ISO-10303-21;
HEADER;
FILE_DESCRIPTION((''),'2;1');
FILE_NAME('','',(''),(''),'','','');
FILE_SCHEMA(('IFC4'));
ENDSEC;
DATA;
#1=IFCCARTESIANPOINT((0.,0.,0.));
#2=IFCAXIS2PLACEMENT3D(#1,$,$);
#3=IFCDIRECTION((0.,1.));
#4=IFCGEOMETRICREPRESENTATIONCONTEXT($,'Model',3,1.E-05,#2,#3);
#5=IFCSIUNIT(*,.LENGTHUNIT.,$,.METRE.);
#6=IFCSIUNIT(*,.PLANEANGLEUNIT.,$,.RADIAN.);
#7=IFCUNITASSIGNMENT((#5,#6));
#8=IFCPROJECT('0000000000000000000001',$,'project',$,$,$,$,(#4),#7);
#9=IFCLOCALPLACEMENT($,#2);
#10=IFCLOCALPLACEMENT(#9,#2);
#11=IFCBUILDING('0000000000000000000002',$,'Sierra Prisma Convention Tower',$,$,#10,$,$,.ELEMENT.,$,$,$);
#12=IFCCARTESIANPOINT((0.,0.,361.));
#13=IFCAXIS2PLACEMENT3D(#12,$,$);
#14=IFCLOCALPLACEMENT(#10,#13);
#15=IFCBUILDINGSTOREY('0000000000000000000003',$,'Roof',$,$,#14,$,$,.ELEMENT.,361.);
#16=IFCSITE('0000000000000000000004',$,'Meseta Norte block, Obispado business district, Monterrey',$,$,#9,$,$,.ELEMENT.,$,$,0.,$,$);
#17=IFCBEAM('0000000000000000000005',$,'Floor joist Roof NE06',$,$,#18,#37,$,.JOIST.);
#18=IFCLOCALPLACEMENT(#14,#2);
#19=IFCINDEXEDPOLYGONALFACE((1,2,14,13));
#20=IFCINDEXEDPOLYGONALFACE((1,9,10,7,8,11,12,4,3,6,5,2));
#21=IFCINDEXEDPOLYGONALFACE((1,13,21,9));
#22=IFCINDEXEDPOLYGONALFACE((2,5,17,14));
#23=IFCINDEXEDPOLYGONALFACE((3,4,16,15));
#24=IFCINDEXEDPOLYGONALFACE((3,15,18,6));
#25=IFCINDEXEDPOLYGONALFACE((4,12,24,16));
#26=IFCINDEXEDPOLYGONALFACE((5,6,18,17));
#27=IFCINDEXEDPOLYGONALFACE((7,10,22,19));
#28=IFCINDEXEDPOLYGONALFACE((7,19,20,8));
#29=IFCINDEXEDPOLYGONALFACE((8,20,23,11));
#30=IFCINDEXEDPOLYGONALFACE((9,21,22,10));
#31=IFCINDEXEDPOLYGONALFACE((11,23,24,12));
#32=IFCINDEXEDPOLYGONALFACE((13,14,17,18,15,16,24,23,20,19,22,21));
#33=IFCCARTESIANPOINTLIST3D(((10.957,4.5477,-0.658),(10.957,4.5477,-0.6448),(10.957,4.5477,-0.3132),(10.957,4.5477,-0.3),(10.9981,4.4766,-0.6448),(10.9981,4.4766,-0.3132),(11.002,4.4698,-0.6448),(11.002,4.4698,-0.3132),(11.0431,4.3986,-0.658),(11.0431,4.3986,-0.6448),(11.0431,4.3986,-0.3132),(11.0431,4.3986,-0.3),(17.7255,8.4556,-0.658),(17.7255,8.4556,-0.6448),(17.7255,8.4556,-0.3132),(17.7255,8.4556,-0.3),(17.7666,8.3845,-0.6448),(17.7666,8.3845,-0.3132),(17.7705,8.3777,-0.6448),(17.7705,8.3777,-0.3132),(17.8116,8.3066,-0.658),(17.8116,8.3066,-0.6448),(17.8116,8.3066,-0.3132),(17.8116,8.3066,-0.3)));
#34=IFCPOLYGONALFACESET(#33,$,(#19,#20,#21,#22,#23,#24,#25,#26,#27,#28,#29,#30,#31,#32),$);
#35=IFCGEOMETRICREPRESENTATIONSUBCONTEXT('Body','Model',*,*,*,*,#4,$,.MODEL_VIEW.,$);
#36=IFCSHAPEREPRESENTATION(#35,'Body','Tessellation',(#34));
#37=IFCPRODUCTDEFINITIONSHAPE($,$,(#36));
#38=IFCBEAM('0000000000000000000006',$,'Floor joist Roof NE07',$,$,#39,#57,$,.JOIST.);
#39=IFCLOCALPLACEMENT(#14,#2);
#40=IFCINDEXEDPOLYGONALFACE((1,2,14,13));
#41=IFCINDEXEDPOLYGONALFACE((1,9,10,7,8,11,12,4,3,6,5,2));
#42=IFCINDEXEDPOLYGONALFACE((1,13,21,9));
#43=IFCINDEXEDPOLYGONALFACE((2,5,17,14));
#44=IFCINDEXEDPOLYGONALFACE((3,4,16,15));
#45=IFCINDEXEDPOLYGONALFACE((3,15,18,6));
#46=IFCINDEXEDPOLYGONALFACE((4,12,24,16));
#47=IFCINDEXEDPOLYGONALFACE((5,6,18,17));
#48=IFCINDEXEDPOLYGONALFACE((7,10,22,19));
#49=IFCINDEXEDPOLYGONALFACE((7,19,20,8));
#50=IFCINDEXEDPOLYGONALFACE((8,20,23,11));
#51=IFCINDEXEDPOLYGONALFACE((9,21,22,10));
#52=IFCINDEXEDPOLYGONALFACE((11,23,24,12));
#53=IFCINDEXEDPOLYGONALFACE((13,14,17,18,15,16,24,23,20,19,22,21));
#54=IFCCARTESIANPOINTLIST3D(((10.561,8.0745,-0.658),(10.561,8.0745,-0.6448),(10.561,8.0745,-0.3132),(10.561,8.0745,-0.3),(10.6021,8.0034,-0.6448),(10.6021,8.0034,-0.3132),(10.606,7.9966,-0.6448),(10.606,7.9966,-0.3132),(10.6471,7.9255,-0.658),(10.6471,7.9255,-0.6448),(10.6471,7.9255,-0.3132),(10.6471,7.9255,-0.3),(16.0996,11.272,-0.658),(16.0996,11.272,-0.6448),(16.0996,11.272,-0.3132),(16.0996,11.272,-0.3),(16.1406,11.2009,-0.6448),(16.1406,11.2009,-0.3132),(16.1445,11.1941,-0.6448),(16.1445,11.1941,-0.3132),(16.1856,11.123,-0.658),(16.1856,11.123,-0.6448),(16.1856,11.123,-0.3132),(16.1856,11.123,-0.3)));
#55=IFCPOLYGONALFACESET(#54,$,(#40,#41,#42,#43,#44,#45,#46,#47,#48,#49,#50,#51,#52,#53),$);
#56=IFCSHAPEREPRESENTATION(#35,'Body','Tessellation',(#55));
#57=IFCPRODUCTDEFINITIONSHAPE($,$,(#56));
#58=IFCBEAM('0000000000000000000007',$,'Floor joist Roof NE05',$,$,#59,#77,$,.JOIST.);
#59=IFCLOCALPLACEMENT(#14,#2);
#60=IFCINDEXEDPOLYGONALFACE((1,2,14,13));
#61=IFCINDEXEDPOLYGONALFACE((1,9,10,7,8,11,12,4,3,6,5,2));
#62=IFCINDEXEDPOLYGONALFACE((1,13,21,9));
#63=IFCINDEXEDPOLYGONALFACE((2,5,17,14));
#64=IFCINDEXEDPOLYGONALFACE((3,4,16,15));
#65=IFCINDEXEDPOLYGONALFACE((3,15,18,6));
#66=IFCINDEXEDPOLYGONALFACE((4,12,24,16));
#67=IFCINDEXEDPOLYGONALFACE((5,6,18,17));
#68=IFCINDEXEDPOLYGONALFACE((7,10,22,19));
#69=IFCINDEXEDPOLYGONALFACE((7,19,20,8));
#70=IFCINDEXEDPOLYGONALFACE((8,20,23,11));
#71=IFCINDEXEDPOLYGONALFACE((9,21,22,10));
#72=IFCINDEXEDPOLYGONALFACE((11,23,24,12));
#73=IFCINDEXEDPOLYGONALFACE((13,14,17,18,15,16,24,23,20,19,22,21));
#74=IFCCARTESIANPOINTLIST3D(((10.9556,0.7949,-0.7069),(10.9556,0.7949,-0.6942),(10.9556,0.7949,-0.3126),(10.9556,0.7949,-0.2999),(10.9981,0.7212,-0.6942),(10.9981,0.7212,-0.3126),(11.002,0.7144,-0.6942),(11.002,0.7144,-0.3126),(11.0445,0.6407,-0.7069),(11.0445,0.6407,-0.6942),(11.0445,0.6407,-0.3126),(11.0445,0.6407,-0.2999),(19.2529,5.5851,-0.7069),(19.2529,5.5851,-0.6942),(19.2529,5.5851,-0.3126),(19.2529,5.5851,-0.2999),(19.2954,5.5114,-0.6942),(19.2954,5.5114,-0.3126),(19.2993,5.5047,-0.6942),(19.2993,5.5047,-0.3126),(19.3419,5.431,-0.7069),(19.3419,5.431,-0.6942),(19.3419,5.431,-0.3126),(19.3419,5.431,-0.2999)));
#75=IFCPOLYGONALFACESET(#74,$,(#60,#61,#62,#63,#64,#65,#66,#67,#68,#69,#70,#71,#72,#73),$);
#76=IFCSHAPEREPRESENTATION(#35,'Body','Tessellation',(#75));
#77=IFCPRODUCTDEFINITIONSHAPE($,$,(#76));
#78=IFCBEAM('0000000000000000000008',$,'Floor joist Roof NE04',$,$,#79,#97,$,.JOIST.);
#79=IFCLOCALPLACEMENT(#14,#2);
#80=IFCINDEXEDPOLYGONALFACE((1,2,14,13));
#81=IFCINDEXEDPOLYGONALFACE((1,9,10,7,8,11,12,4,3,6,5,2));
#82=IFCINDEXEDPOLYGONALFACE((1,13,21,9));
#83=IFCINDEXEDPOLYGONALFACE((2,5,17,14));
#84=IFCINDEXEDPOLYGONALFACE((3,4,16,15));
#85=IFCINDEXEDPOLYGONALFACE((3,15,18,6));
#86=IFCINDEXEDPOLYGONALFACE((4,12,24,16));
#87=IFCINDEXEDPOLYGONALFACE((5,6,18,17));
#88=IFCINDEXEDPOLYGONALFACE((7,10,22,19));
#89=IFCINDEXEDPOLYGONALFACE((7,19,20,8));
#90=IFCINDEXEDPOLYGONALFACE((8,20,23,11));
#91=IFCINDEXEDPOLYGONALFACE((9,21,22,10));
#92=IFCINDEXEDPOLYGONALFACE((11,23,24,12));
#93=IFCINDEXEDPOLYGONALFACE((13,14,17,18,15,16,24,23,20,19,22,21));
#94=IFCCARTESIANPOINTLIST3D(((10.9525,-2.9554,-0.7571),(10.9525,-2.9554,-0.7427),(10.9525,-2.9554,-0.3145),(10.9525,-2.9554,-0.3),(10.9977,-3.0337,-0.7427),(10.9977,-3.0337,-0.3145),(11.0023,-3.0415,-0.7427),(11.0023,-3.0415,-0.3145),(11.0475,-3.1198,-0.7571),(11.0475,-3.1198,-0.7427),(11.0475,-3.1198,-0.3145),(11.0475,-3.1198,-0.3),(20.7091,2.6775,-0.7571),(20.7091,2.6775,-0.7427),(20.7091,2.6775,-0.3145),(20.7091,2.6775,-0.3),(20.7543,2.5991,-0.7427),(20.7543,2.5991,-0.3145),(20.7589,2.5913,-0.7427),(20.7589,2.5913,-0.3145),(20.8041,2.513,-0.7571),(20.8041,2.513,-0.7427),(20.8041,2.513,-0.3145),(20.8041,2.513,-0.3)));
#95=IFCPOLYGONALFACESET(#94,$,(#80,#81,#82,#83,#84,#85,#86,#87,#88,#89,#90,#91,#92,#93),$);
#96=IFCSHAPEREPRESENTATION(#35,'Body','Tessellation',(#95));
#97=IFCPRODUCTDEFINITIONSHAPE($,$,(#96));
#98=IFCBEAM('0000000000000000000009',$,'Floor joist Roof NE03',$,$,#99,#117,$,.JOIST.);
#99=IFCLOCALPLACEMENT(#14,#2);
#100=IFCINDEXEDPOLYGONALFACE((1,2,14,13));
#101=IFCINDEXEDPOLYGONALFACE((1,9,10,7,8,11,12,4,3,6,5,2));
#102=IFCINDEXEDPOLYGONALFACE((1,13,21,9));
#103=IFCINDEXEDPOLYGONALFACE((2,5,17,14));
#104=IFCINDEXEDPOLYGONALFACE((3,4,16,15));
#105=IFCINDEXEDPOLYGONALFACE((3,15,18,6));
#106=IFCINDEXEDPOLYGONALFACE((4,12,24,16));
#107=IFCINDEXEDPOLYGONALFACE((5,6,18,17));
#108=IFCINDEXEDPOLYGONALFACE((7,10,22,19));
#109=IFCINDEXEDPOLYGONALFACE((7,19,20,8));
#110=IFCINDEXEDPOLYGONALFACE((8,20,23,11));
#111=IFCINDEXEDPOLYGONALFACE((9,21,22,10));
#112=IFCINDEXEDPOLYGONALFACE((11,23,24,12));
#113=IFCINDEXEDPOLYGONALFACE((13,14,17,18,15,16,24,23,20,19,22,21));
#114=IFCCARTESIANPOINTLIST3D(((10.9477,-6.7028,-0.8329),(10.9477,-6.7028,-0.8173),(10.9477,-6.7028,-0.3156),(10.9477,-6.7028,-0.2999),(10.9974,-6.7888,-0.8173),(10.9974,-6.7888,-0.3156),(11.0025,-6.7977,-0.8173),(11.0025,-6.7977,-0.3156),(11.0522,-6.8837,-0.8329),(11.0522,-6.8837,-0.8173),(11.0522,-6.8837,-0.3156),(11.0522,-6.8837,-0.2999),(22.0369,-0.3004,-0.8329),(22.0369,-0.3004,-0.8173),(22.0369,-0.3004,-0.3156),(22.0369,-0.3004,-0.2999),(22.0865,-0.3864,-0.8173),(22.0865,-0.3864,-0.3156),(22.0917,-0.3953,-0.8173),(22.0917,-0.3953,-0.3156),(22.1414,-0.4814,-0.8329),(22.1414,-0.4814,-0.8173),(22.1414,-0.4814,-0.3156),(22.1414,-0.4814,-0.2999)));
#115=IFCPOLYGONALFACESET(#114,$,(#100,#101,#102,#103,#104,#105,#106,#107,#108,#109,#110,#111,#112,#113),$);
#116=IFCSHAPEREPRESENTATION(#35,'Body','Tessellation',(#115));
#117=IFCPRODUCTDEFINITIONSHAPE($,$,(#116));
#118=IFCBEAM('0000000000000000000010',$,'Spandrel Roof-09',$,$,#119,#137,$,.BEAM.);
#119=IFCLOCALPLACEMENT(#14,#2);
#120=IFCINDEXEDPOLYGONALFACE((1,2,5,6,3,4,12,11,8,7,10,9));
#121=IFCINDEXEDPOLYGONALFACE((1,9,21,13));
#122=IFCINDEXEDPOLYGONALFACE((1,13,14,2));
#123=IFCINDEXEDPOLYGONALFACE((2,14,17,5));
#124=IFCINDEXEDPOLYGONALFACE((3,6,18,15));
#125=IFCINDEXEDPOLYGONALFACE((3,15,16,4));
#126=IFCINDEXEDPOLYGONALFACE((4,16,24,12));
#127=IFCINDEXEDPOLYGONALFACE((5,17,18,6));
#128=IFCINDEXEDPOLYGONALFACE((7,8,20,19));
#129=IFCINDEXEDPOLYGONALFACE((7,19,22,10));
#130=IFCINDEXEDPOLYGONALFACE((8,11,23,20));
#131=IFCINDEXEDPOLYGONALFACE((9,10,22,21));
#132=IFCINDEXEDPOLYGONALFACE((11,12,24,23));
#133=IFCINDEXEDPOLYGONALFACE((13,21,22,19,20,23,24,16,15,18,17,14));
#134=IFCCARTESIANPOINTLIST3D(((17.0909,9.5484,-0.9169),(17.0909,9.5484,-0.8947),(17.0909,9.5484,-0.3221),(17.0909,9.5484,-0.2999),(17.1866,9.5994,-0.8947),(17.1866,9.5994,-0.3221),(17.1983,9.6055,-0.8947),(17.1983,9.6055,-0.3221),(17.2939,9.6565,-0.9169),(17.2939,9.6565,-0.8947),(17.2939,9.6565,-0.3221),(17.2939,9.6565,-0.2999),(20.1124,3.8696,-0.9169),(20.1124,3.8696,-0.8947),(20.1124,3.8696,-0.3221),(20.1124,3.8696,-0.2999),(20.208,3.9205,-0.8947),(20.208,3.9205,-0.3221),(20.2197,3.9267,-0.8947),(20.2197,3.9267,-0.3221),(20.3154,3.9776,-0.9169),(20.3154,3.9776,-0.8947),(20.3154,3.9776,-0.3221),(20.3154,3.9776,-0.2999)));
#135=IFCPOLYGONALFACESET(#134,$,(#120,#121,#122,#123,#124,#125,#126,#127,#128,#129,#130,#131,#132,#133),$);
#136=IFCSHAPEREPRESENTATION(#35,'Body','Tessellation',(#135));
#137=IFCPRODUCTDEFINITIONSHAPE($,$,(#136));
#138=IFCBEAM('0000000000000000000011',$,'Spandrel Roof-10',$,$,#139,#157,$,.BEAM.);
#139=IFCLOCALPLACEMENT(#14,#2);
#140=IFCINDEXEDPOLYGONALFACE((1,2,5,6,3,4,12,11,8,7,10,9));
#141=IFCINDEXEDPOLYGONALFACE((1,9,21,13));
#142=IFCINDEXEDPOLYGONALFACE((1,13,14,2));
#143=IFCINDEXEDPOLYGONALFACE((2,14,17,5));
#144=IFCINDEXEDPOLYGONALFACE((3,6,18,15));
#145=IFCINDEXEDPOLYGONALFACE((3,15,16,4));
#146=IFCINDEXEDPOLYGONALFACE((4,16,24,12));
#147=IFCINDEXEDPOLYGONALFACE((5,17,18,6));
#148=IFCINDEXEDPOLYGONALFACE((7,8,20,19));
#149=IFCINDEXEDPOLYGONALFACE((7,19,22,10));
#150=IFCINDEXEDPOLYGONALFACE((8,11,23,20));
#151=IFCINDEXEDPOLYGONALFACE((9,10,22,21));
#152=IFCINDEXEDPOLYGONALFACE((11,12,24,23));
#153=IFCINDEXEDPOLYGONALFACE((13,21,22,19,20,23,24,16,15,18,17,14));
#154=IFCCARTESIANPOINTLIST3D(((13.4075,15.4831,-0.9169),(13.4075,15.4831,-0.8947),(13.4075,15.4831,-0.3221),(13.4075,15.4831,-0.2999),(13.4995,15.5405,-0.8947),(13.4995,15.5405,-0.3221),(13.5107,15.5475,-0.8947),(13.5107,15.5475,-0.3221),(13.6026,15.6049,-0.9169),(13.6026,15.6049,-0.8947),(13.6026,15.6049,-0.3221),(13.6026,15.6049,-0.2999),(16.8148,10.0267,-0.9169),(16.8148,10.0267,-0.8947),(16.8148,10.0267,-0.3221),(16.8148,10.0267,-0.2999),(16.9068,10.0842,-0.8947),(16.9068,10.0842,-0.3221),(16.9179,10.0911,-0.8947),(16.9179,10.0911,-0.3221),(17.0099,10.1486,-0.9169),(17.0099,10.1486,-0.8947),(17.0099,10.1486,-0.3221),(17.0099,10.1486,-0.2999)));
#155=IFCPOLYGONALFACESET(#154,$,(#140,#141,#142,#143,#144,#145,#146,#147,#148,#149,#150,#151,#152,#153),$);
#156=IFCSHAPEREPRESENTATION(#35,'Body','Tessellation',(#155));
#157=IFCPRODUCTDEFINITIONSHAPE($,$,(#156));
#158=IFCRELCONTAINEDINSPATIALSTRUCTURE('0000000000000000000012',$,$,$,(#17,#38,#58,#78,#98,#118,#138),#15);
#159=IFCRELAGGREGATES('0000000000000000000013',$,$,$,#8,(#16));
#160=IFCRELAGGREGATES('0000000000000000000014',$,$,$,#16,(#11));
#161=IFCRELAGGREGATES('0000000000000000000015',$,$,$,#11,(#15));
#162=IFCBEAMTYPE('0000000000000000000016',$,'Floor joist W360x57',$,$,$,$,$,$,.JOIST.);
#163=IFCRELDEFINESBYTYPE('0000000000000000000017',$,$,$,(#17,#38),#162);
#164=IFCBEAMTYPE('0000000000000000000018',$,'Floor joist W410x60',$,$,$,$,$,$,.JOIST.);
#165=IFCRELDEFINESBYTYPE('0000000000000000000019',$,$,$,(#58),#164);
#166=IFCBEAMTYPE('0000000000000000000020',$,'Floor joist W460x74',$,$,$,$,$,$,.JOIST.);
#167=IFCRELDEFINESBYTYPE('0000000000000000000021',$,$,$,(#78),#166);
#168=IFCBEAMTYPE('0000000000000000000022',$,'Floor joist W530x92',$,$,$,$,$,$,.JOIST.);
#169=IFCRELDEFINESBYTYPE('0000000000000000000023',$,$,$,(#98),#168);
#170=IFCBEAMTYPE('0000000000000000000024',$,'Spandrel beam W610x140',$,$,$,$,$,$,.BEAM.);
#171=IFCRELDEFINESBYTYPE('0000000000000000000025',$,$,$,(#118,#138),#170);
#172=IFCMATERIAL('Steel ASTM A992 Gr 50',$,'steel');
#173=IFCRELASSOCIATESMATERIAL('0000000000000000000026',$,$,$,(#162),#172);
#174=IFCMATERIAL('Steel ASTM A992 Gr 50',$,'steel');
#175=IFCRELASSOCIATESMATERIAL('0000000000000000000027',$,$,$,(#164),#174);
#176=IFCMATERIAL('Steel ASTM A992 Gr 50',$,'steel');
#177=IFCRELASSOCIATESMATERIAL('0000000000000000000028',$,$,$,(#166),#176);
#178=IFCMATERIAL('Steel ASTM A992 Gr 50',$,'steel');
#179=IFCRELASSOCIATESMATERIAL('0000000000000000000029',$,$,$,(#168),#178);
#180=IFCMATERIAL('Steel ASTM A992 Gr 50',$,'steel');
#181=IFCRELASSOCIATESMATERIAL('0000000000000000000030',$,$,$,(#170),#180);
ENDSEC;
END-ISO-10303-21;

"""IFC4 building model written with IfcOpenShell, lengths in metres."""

from ifc_helpers import new_model, si_unit, direction, frame, origin, origin_2d, place, context, subcontext, project, spatial, i_section, extrude, material, material_profile, profile_set, type_object, element, save


model = new_model("IFC4")

# Units and contexts
model_context = context("Model", 3, precision=1e-05, world=origin(), true_north=direction((0.0, 1.0)))
body_context = subcontext(model_context, "Body", "Model", "MODEL_VIEW")
ifc_project = project(units=[si_unit("LENGTHUNIT", "METRE"), si_unit("PLANEANGLEUNIT", "RADIAN")], contexts=[model_context])

# Site, building, storey
site_placement = place(None, origin())
site = spatial("IfcSite", under=ifc_project, at=site_placement, Name="Meseta Norte block, Obispado business district, Monterrey", CompositionType="ELEMENT", RefElevation=0.0)
building_placement = place(site_placement, origin())
building = spatial("IfcBuilding", under=site, at=building_placement, Name="Sierra Prisma Convention Tower", CompositionType="ELEMENT")
storey_placement = place(building_placement, frame((0.0, 0.0, 361.0)))
storey = spatial("IfcBuildingStorey", under=building, at=storey_placement, Name="Roof", CompositionType="ELEMENT", Elevation=361.0)

# Beams
ifc_material_1 = material(Name="Steel ASTM A992 Gr 50", Category="steel")
ifc_material_profile_1 = material_profile(ifc_material_1, i_section(OverallWidth=0.1721, OverallDepth=0.3579, WebThickness=0.0078, FlangeThickness=0.0132, at=origin_2d()), Name="W360x57")
ifc_profile_set_1 = profile_set([ifc_material_profile_1], Name="Steel ASTM A992 Gr 50")
beam_type_1 = type_object("IfcBeamType", Name="Floor joist W360x57", PredefinedType="JOIST", material=ifc_profile_set_1)
beam_1_placement = place(storey_placement, frame((17.7686, 8.3811, -0.479), z_axis=(-0.866018, -0.500013, 0.0), x_axis=(0.500013, -0.866018, 0.0)))
element("IfcBeam", 1, at=beam_1_placement, inside=storey, type_object=beam_type_1, Name="Floor joist Roof NE06", PredefinedType="JOIST", context=body_context, shape_type="SweptSolid", body=[
    extrude(i_section(OverallWidth=0.1721, OverallDepth=0.3579, WebThickness=0.0078, FlangeThickness=0.0132, at=origin_2d()), origin(), (0.0, 0.0, 1.0), 7.8157),
])
beam_2_placement = place(storey_placement, frame((16.1426, 11.1975, -0.479), z_axis=(-0.866038, -0.499978, 0.0), x_axis=(0.499978, -0.866038, 0.0)))
element("IfcBeam", 2, at=beam_2_placement, inside=storey, type_object=beam_type_1, Name="Floor joist Roof NE07", PredefinedType="JOIST", context=body_context, shape_type="SweptSolid", body=[
    extrude(i_section(OverallWidth=0.1721, OverallDepth=0.3579, WebThickness=0.0078, FlangeThickness=0.0132, at=origin_2d()), origin(), (0.0, 0.0, 1.0), 6.3953),
])
ifc_material_2 = material(Name="Steel ASTM A992 Gr 50", Category="steel")
ifc_material_profile_2 = material_profile(ifc_material_2, i_section(OverallWidth=0.178, OverallDepth=0.407, WebThickness=0.0078, FlangeThickness=0.0127, at=origin_2d()), Name="W410x60")
ifc_profile_set_2 = profile_set([ifc_material_profile_2], Name="Steel ASTM A992 Gr 50")
beam_type_2 = type_object("IfcBeamType", Name="Floor joist W410x60", PredefinedType="JOIST", material=ifc_profile_set_2)
beam_3_placement = place(storey_placement, frame((19.2974, 5.5081, -0.5034), z_axis=(-0.866035, -0.499984, 0.0), x_axis=(0.499984, -0.866035, 0.0)))
element("IfcBeam", 3, at=beam_3_placement, inside=storey, type_object=beam_type_2, Name="Floor joist Roof NE05", PredefinedType="JOIST", context=body_context, shape_type="SweptSolid", body=[
    extrude(i_section(OverallWidth=0.178, OverallDepth=0.407, WebThickness=0.0078, FlangeThickness=0.0127, at=origin_2d()), origin(), (0.0, 0.0, 1.0), 9.5808),
])
ifc_material_3 = material(Name="Steel ASTM A992 Gr 50", Category="steel")
ifc_material_profile_3 = material_profile(ifc_material_3, i_section(OverallWidth=0.1899, OverallDepth=0.457, WebThickness=0.009, FlangeThickness=0.0144, at=origin_2d()), Name="W460x74")
ifc_profile_set_3 = profile_set([ifc_material_profile_3], Name="Steel ASTM A992 Gr 50")
beam_type_3 = type_object("IfcBeamType", Name="Floor joist W460x74", PredefinedType="JOIST", material=ifc_profile_set_3)
beam_4_placement = place(storey_placement, frame((20.7566, 2.5952, -0.5286), z_axis=(-0.866031, -0.499989, 0.0), x_axis=(0.499989, -0.866031, 0.0)))
element("IfcBeam", 4, at=beam_4_placement, inside=storey, type_object=beam_type_3, Name="Floor joist Roof NE04", PredefinedType="JOIST", context=body_context, shape_type="SweptSolid", body=[
    extrude(i_section(OverallWidth=0.1899, OverallDepth=0.457, WebThickness=0.009, FlangeThickness=0.0144, at=origin_2d()), origin(), (0.0, 0.0, 1.0), 11.2659),
])
ifc_material_4 = material(Name="Steel ASTM A992 Gr 50", Category="steel")
ifc_material_profile_4 = material_profile(ifc_material_4, i_section(OverallWidth=0.209, OverallDepth=0.533, WebThickness=0.0103, FlangeThickness=0.0156, at=origin_2d()), Name="W530x92")
ifc_profile_set_4 = profile_set([ifc_material_profile_4], Name="Steel ASTM A992 Gr 50")
beam_type_4 = type_object("IfcBeamType", Name="Floor joist W530x92", PredefinedType="JOIST", material=ifc_profile_set_4)
beam_5_placement = place(storey_placement, frame((22.0891, -0.3909, -0.5664), z_axis=(-0.866024, -0.500002, 0.0), x_axis=(0.500002, -0.866024, 0.0)))
element("IfcBeam", 5, at=beam_5_placement, inside=storey, type_object=beam_type_4, Name="Floor joist Roof NE03", PredefinedType="JOIST", context=body_context, shape_type="SweptSolid", body=[
    extrude(i_section(OverallWidth=0.209, OverallDepth=0.533, WebThickness=0.0103, FlangeThickness=0.0156, at=origin_2d()), origin(), (0.0, 0.0, 1.0), 12.8047),
])
ifc_material_5 = material(Name="Steel ASTM A992 Gr 50", Category="steel")
ifc_material_profile_5 = material_profile(ifc_material_5, i_section(OverallWidth=0.23, OverallDepth=0.6169, WebThickness=0.0132, FlangeThickness=0.0222, at=origin_2d()), Name="W610x140")
ifc_profile_set_5 = profile_set([ifc_material_profile_5], Name="Steel ASTM A992 Gr 50")
beam_type_5 = type_object("IfcBeamType", Name="Spandrel beam W610x140", PredefinedType="BEAM", material=ifc_profile_set_5)
beam_6_placement = place(storey_placement, frame((20.2139, 3.9236, -0.6084), z_axis=(-0.469705, 0.882823, 0.0), x_axis=(-0.882823, -0.469705, 0.0)))
element("IfcBeam", 6, at=beam_6_placement, inside=storey, type_object=beam_type_5, Name="Spandrel Roof-09", PredefinedType="BEAM", context=body_context, shape_type="SweptSolid", body=[
    extrude(i_section(OverallWidth=0.23, OverallDepth=0.6169, WebThickness=0.0132, FlangeThickness=0.0222, at=origin_2d()), origin(), (0.0, 0.0, 1.0), 6.4326),
])
beam_7_placement = place(storey_placement, frame((16.9124, 10.0876, -0.6084), z_axis=(-0.529668, 0.848205, 0.0), x_axis=(-0.848205, -0.529668, 0.0)))
element("IfcBeam", 7, at=beam_7_placement, inside=storey, type_object=beam_type_5, Name="Spandrel Roof-10", PredefinedType="BEAM", context=body_context, shape_type="SweptSolid", body=[
    extrude(i_section(OverallWidth=0.23, OverallDepth=0.6169, WebThickness=0.0132, FlangeThickness=0.0222, at=origin_2d()), origin(), (0.0, 0.0, 1.0), 6.4329),
])

save(model, "model.ifc")
